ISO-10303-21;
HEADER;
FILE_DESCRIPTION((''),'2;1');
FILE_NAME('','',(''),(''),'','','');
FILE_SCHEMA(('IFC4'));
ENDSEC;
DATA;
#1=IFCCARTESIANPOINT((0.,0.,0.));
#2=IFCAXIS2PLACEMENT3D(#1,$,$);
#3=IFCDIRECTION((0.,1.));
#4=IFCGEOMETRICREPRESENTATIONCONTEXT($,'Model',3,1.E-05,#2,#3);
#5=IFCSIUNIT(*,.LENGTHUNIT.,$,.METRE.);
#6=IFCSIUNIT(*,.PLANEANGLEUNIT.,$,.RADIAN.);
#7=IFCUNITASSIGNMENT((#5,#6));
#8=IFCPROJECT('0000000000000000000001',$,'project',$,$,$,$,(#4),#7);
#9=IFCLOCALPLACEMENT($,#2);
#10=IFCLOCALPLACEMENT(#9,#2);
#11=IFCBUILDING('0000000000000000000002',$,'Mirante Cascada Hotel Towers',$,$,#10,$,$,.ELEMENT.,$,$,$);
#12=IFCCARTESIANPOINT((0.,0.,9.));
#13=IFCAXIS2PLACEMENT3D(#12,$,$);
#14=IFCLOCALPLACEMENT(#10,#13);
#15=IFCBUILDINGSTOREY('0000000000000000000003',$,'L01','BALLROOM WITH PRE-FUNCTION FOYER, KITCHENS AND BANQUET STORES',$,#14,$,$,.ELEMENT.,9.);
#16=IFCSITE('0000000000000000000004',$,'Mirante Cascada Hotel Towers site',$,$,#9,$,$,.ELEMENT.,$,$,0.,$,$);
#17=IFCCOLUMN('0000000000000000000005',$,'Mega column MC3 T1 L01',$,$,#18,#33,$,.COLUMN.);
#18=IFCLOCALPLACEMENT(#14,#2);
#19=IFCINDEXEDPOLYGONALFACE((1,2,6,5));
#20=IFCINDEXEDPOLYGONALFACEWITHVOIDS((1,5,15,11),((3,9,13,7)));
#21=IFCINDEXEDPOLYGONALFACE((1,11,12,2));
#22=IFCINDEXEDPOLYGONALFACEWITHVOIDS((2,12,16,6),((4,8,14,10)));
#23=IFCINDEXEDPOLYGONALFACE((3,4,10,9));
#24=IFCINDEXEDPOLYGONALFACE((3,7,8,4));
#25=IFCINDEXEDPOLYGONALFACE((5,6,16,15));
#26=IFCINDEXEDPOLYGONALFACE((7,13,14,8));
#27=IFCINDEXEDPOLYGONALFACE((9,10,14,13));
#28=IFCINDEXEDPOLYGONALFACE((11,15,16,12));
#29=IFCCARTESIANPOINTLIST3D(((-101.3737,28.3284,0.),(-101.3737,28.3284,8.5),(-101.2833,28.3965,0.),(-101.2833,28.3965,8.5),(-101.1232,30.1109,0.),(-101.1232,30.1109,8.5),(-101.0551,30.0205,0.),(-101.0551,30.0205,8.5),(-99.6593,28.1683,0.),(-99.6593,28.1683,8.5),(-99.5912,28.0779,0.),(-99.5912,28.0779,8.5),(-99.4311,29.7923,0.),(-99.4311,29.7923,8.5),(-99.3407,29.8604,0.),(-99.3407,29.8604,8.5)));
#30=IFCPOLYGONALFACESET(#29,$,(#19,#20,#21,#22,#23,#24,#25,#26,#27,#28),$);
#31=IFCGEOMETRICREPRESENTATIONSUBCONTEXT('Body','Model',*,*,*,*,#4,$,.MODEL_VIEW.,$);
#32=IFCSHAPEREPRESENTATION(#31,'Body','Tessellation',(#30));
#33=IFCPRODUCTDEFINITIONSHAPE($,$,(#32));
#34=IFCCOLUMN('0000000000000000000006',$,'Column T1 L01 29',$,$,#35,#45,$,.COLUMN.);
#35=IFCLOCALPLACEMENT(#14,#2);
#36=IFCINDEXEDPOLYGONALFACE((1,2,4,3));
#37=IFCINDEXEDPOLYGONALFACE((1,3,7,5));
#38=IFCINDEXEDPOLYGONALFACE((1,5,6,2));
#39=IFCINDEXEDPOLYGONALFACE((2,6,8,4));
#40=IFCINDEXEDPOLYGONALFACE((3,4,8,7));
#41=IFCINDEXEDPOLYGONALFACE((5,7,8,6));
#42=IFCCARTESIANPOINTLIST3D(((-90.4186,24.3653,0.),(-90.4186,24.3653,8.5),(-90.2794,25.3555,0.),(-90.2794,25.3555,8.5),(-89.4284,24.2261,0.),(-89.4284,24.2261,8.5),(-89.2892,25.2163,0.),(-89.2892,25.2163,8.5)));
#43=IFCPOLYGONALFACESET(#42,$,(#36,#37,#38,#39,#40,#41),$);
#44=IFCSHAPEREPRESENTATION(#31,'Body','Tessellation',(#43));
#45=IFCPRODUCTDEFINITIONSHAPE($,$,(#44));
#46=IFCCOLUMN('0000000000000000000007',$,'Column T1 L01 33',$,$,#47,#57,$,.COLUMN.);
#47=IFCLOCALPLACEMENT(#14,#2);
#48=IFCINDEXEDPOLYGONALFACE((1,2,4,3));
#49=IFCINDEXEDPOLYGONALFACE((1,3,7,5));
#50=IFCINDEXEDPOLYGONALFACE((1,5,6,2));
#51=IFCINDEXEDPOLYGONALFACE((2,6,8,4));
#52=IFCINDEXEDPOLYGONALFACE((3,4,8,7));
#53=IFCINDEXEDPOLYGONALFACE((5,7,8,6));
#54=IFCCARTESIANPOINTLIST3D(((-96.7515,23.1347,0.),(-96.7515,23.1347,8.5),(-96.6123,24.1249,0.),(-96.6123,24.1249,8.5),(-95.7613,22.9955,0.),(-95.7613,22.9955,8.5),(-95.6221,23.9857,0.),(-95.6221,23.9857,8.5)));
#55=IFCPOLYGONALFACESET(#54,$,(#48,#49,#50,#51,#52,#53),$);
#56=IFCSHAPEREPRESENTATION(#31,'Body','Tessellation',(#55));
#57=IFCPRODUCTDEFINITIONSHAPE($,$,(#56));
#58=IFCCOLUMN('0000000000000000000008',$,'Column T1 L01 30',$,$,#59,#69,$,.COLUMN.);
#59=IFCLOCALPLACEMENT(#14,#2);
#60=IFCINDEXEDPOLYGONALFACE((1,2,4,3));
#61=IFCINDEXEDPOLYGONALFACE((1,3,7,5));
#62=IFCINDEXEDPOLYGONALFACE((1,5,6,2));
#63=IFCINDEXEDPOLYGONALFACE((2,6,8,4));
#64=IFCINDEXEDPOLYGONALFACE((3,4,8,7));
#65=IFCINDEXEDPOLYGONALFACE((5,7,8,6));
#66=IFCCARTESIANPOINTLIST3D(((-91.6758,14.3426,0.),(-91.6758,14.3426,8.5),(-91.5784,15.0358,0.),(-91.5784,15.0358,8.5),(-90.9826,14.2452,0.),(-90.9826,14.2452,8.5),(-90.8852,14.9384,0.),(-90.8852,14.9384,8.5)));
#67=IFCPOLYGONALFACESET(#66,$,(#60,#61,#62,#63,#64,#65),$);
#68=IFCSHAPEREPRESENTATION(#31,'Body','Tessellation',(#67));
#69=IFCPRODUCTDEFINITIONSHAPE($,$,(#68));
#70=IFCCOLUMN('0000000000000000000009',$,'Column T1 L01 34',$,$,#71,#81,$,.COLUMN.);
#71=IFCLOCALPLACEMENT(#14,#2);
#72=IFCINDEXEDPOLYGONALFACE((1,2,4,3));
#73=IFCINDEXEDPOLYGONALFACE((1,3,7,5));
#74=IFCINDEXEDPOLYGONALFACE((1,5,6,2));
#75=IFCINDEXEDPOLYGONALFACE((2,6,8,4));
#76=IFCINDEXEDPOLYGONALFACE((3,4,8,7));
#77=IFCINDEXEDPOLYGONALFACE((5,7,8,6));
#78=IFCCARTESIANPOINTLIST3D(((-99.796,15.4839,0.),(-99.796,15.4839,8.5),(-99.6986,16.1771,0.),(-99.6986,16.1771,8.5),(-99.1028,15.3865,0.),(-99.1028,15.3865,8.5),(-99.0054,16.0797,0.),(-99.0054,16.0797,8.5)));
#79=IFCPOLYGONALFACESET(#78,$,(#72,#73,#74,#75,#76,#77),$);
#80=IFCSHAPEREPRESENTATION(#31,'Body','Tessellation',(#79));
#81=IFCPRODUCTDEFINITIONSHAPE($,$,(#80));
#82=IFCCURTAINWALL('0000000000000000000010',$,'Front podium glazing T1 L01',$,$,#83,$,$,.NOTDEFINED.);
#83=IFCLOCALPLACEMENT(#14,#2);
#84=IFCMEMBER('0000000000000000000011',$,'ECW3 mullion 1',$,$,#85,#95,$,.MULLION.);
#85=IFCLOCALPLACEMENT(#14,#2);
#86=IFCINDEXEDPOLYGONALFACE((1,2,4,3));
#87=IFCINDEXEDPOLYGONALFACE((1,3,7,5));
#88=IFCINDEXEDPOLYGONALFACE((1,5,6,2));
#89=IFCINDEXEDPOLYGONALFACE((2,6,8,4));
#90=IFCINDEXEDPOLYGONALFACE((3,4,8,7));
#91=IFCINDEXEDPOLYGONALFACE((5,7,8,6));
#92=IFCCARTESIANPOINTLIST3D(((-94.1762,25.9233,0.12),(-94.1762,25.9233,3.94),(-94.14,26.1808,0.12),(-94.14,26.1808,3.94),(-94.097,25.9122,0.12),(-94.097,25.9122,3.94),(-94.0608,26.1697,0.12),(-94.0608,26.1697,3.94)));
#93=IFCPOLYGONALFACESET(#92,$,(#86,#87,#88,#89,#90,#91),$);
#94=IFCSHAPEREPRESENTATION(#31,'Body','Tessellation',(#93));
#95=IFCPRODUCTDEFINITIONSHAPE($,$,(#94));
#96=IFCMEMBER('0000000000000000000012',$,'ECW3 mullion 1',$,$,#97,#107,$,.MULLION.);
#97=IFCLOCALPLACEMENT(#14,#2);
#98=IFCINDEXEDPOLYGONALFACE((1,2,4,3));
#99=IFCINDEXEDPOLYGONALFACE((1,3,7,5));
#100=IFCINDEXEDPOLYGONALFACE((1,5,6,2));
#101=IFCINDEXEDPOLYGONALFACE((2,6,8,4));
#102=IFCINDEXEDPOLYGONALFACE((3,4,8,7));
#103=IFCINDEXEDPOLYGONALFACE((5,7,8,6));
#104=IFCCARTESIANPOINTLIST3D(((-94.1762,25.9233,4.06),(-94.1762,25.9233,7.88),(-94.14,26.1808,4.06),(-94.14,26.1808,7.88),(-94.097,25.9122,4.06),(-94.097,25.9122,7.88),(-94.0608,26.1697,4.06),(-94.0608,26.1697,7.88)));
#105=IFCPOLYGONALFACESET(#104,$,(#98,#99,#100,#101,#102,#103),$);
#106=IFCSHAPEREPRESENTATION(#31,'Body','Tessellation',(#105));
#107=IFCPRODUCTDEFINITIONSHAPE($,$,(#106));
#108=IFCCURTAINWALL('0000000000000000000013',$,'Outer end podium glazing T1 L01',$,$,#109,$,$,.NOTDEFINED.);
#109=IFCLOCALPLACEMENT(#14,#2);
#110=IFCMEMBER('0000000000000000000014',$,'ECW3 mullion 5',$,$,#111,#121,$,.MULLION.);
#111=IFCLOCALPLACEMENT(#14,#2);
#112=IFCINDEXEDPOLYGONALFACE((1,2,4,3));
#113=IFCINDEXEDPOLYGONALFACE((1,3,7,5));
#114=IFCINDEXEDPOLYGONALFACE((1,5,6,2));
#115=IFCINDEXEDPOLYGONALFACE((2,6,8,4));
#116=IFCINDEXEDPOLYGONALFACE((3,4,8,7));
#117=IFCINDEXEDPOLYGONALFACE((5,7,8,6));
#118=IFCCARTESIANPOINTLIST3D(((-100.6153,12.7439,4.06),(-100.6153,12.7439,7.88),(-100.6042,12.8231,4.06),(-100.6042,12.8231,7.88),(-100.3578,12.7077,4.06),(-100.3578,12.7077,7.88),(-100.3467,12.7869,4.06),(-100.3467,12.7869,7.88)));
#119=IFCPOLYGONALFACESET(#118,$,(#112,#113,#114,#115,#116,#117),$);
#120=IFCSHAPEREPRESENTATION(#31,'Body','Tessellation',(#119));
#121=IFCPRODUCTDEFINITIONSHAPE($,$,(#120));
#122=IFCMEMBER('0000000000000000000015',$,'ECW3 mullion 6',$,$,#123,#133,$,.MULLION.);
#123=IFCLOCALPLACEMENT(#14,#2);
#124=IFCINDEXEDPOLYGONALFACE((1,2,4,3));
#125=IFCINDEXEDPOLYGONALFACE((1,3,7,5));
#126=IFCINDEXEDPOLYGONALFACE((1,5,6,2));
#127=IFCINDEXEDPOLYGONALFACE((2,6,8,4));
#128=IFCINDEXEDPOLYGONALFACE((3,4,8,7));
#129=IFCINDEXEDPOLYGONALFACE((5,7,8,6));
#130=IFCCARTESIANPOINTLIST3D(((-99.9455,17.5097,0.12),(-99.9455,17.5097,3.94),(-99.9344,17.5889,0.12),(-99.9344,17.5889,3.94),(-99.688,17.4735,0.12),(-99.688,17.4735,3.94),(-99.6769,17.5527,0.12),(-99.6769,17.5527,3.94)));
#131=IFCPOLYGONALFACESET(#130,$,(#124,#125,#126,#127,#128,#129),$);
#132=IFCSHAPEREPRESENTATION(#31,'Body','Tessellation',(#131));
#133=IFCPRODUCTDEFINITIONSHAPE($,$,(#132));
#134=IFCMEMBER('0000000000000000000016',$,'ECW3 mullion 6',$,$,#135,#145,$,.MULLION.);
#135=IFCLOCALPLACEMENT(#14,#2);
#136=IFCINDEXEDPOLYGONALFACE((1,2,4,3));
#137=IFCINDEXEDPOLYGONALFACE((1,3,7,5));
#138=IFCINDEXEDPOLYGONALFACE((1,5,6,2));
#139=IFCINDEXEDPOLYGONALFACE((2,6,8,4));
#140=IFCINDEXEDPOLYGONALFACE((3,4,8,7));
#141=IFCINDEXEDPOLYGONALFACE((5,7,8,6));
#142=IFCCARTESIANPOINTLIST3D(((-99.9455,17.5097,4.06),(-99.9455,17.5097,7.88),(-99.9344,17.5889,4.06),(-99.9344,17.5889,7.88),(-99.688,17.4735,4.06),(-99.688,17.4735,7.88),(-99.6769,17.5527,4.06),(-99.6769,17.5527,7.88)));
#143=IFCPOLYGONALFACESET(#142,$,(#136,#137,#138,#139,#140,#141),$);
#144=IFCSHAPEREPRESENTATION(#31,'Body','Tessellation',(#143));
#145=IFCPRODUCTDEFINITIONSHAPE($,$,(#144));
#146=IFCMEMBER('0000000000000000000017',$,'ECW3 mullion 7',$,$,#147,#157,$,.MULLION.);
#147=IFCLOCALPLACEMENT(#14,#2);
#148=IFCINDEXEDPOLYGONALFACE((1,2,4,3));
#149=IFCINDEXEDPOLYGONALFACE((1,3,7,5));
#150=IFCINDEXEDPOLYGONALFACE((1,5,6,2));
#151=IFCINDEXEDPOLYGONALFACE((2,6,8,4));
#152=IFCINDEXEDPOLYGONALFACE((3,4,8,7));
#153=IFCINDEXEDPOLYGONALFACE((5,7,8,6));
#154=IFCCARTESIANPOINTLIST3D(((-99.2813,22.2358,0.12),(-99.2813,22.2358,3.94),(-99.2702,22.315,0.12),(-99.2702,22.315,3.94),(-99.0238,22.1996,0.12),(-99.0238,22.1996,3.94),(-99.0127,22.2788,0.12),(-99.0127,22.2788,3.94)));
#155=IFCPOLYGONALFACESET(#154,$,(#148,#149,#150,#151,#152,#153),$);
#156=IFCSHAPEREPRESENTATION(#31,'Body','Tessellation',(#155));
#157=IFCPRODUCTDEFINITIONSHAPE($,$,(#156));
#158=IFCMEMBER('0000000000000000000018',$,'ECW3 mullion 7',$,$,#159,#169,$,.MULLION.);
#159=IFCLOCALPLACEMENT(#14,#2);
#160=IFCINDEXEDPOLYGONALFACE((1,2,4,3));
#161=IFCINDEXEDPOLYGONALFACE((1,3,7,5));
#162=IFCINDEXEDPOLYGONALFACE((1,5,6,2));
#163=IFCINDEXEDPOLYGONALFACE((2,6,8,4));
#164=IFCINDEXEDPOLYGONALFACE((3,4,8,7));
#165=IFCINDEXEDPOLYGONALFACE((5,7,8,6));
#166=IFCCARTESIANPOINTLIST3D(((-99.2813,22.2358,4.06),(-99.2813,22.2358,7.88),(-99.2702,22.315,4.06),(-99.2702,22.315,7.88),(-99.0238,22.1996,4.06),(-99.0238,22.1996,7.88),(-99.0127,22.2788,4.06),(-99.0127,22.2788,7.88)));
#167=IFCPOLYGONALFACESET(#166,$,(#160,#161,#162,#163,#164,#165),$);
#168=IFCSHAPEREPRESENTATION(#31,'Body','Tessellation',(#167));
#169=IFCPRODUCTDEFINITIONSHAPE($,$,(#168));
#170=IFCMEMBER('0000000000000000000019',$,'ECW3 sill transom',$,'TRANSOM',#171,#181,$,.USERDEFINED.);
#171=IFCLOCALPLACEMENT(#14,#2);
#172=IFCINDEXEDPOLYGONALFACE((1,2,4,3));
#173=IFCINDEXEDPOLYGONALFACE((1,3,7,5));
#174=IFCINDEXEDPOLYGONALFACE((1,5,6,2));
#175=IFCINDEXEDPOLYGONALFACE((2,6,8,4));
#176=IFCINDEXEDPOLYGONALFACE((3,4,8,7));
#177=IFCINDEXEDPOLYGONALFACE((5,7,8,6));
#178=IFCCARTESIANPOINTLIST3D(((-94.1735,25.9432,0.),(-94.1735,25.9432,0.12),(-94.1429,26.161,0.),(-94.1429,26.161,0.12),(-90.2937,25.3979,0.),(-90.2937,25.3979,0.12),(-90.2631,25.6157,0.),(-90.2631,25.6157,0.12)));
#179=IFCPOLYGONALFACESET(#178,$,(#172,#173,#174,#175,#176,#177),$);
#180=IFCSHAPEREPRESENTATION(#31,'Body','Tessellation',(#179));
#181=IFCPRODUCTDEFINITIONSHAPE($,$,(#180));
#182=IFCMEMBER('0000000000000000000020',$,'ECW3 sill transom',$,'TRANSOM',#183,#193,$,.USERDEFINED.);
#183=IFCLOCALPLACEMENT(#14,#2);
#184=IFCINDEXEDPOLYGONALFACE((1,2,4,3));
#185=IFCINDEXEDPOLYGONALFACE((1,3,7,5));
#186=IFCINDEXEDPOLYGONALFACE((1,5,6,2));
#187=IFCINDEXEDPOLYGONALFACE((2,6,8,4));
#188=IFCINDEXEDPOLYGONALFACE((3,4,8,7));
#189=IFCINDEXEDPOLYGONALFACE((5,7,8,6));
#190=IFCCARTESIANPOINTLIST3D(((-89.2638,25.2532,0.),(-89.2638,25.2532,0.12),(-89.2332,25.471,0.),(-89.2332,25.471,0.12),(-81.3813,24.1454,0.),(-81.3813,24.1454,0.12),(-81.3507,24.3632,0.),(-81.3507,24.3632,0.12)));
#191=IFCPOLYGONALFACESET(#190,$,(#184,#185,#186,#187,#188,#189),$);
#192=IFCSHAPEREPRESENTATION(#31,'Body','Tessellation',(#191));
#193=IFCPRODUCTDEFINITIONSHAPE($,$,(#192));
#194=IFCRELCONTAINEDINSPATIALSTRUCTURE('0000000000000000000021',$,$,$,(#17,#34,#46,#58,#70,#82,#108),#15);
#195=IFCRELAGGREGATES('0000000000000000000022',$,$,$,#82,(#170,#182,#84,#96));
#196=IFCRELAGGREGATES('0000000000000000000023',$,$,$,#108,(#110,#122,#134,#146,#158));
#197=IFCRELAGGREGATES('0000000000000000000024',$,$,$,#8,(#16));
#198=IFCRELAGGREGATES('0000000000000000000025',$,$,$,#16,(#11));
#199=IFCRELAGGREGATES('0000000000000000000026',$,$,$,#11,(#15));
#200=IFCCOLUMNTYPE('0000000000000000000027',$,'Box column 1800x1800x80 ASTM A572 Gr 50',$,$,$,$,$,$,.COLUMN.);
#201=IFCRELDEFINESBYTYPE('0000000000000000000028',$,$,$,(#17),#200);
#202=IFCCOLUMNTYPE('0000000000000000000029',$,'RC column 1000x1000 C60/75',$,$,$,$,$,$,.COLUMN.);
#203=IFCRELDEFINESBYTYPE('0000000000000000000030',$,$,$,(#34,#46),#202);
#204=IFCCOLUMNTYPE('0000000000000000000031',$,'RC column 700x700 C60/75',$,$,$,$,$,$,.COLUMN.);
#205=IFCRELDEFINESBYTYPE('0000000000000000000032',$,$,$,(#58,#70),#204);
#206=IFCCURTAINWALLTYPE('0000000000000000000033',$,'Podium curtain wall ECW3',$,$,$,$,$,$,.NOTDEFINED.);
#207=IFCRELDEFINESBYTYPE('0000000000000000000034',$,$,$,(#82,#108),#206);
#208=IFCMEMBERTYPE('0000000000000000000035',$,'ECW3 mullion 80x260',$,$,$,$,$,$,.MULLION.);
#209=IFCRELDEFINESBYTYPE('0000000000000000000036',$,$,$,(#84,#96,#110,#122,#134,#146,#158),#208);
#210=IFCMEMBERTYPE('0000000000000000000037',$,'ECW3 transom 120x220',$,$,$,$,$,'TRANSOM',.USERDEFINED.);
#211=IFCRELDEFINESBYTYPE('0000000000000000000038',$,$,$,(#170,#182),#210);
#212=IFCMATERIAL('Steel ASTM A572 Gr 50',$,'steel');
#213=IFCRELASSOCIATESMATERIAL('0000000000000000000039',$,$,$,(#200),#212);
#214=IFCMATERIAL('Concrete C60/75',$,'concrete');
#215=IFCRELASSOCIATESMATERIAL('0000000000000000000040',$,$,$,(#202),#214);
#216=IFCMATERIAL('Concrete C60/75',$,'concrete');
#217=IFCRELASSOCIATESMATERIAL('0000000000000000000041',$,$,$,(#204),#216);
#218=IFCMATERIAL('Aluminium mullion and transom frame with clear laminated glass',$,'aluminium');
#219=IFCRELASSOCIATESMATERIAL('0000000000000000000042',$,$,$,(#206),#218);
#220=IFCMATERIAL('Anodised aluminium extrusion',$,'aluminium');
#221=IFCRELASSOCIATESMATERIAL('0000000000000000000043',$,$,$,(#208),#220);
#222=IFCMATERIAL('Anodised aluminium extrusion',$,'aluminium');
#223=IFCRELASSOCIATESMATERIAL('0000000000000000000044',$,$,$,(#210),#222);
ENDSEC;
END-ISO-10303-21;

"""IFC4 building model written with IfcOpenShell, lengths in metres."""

from ifc_helpers import new_model, si_unit, direction, frame, origin, origin_2d, place, context, subcontext, project, spatial, rectangle, hollow_rectangle, extrude, material, material_profile, profile_set, type_object, element, aggregate, save


model = new_model("IFC4")

# Units and contexts
model_context = context("Model", 3, precision=1e-05, world=origin(), true_north=direction((0.0, 1.0)))
body_context = subcontext(model_context, "Body", "Model", "MODEL_VIEW")
ifc_project = project(units=[si_unit("LENGTHUNIT", "METRE"), si_unit("PLANEANGLEUNIT", "RADIAN")], contexts=[model_context])

# Site, building, storey
site_placement = place(None, origin())
site = spatial("IfcSite", under=ifc_project, at=site_placement, Name="Mirante Cascada Hotel Towers site", CompositionType="ELEMENT", RefElevation=0.0)
building_placement = place(site_placement, origin())
building = spatial("IfcBuilding", under=site, at=building_placement, Name="Mirante Cascada Hotel Towers", CompositionType="ELEMENT")
storey_placement = place(building_placement, frame((0.0, 0.0, 9.0)))
storey = spatial("IfcBuildingStorey", under=building, at=storey_placement, Name="L01", Description="BALLROOM WITH PRE-FUNCTION FOYER, KITCHENS AND BANQUET STORES", CompositionType="ELEMENT", Elevation=9.0)

# Columns
ifc_material_1 = material(Name="Steel ASTM A572 Gr 50", Category="steel")
ifc_material_profile_1 = material_profile(ifc_material_1, hollow_rectangle(XDim=1.8, YDim=1.8, WallThickness=0.08, at=origin_2d()), Name="Box column 1800x1800x80 ASTM A572 Gr 50")
ifc_profile_set_1 = profile_set([ifc_material_profile_1], Name="Steel ASTM A572 Gr 50")
column_type_1 = type_object("IfcColumnType", Name="Box column 1800x1800x80 ASTM A572 Gr 50", PredefinedType="COLUMN", material=ifc_profile_set_1)
column_placement = place(storey_placement, frame((-100.3572, 29.0944, 0.0), z_axis=(0.0, 0.0, 1.0), x_axis=(-0.990268, 0.139173, 0.0)))
element("IfcColumn", 1, at=column_placement, inside=storey, type_object=column_type_1, Name="Mega column MC3 T1 L01", PredefinedType="COLUMN", context=body_context, shape_type="SweptSolid", body=[
    extrude(hollow_rectangle(XDim=1.8, YDim=1.8, WallThickness=0.08, at=origin_2d()), origin(), (0.0, 0.0, 1.0), 8.5),
])
ifc_material_2 = material(Name="Concrete C60/75", Category="concrete")
ifc_material_profile_2 = material_profile(ifc_material_2, rectangle(XDim=1.0, YDim=1.0, at=origin_2d()), Name="RC column 1000x1000 C60/75")
ifc_profile_set_2 = profile_set([ifc_material_profile_2], Name="Concrete C60/75")
column_type_2 = type_object("IfcColumnType", Name="RC column 1000x1000 C60/75", PredefinedType="COLUMN", material=ifc_profile_set_2)
for number, where, z_axis, x_axis, name in (
    (2, (-89.8539, 24.7908, 0.0), (0.0, 0.0, 1.0), (-0.990268, 0.139173, 0.0), "Column T1 L01 29"),
    (3, (-96.1868, 23.5602, 0.0), (0.0, 0.0, 1.0), (-0.990268, 0.139173, 0.0), "Column T1 L01 33"),
):
    element("IfcColumn", number, at=place(storey_placement, frame(where, z_axis=z_axis, x_axis=x_axis)), inside=storey, type_object=column_type_2, Name=name, PredefinedType="COLUMN", context=body_context, shape_type="SweptSolid", body=[
        extrude(rectangle(XDim=1.0, YDim=1.0, at=origin_2d()), origin(), (0.0, 0.0, 1.0), 8.5),
    ])
ifc_material_3 = material(Name="Concrete C60/75", Category="concrete")
ifc_material_profile_3 = material_profile(ifc_material_3, rectangle(XDim=0.7, YDim=0.7, at=origin_2d()), Name="RC column 700x700 C60/75")
ifc_profile_set_3 = profile_set([ifc_material_profile_3], Name="Concrete C60/75")
column_type_3 = type_object("IfcColumnType", Name="RC column 700x700 C60/75", PredefinedType="COLUMN", material=ifc_profile_set_3)
for number, where, z_axis, x_axis, name in (
    (4, (-91.2805, 14.6405, 0.0), (0.0, 0.0, 1.0), (-0.990268, 0.139173, 0.0), "Column T1 L01 30"),
    (5, (-99.4007, 15.7818, 0.0), (0.0, 0.0, 1.0), (-0.990268, 0.139173, 0.0), "Column T1 L01 34"),
):
    element("IfcColumn", number, at=place(storey_placement, frame(where, z_axis=z_axis, x_axis=x_axis)), inside=storey, type_object=column_type_3, Name=name, PredefinedType="COLUMN", context=body_context, shape_type="SweptSolid", body=[
        extrude(rectangle(XDim=0.7, YDim=0.7, at=origin_2d()), origin(), (0.0, 0.0, 1.0), 8.5),
    ])

# Curtain walls, members
ifc_material_4 = material(Name="Aluminium mullion and transom frame with clear laminated glass", Category="aluminium")
curtain_wall_type = type_object("IfcCurtainWallType", Name="Podium curtain wall ECW3", PredefinedType="NOTDEFINED", material=ifc_material_4)
curtain_wall_1_placement = place(storey_placement, origin())
curtain_wall_1 = element("IfcCurtainWall", 6, at=curtain_wall_1_placement, inside=storey, type_object=curtain_wall_type, Name="Front podium glazing T1 L01", PredefinedType="NOTDEFINED")
ifc_material_5 = material(Name="Anodised aluminium extrusion", Category="aluminium")
ifc_material_profile_4 = material_profile(ifc_material_5, rectangle(XDim=0.26, YDim=0.08, at=origin_2d()), Name="ECW3 MULLION 80x260")
ifc_profile_set_4 = profile_set([ifc_material_profile_4], Name="Anodised aluminium extrusion")
member_type_1 = type_object("IfcMemberType", Name="ECW3 mullion 80x260", PredefinedType="MULLION", material=ifc_profile_set_4)
member_1_placement = place(storey_placement, frame((-94.1185, 26.0465, 0.12), z_axis=(0.0, 0.0, 1.0), x_axis=(0.139173, 0.990268, 0.0)))
member_1 = element("IfcMember", 7, at=member_1_placement, type_object=member_type_1, Name="ECW3 mullion 1", PredefinedType="MULLION", context=body_context, shape_type="SweptSolid", body=[
    extrude(rectangle(XDim=0.26, YDim=0.08, at=origin_2d()), origin(), (0.0, 0.0, 1.0), 3.82),
])
member_2_placement = place(storey_placement, frame((-94.1185, 26.0465, 4.06), z_axis=(0.0, 0.0, 1.0), x_axis=(0.139173, 0.990268, 0.0)))
member_2 = element("IfcMember", 8, at=member_2_placement, type_object=member_type_1, Name="ECW3 mullion 1", PredefinedType="MULLION", context=body_context, shape_type="SweptSolid", body=[
    extrude(rectangle(XDim=0.26, YDim=0.08, at=origin_2d()), origin(), (0.0, 0.0, 1.0), 3.82),
])
curtain_wall_2_placement = place(storey_placement, origin())
curtain_wall_2 = element("IfcCurtainWall", 9, at=curtain_wall_2_placement, inside=storey, type_object=curtain_wall_type, Name="Outer end podium glazing T1 L01", PredefinedType="NOTDEFINED")
member_3_placement = place(storey_placement, frame((-100.481, 12.7654, 4.06), z_axis=(0.0, 0.0, 1.0), x_axis=(-0.990268, 0.139173, 0.0)))
member_3 = element("IfcMember", 10, at=member_3_placement, type_object=member_type_1, Name="ECW3 mullion 5", PredefinedType="MULLION", context=body_context, shape_type="SweptSolid", body=[
    extrude(rectangle(XDim=0.26, YDim=0.08, at=origin_2d()), origin(), (0.0, 0.0, 1.0), 3.82),
])
member_4_placement = place(storey_placement, frame((-99.8112, 17.5312, 0.12), z_axis=(0.0, 0.0, 1.0), x_axis=(-0.990268, 0.139173, 0.0)))
member_4 = element("IfcMember", 11, at=member_4_placement, type_object=member_type_1, Name="ECW3 mullion 6", PredefinedType="MULLION", context=body_context, shape_type="SweptSolid", body=[
    extrude(rectangle(XDim=0.26, YDim=0.08, at=origin_2d()), origin(), (0.0, 0.0, 1.0), 3.82),
])
member_5_placement = place(storey_placement, frame((-99.8112, 17.5312, 4.06), z_axis=(0.0, 0.0, 1.0), x_axis=(-0.990268, 0.139173, 0.0)))
member_5 = element("IfcMember", 12, at=member_5_placement, type_object=member_type_1, Name="ECW3 mullion 6", PredefinedType="MULLION", context=body_context, shape_type="SweptSolid", body=[
    extrude(rectangle(XDim=0.26, YDim=0.08, at=origin_2d()), origin(), (0.0, 0.0, 1.0), 3.82),
])
member_6_placement = place(storey_placement, frame((-99.147, 22.2573, 0.12), z_axis=(0.0, 0.0, 1.0), x_axis=(-0.990268, 0.139173, 0.0)))
member_6 = element("IfcMember", 13, at=member_6_placement, type_object=member_type_1, Name="ECW3 mullion 7", PredefinedType="MULLION", context=body_context, shape_type="SweptSolid", body=[
    extrude(rectangle(XDim=0.26, YDim=0.08, at=origin_2d()), origin(), (0.0, 0.0, 1.0), 3.82),
])
member_7_placement = place(storey_placement, frame((-99.147, 22.2573, 4.06), z_axis=(0.0, 0.0, 1.0), x_axis=(-0.990268, 0.139173, 0.0)))
member_7 = element("IfcMember", 14, at=member_7_placement, type_object=member_type_1, Name="ECW3 mullion 7", PredefinedType="MULLION", context=body_context, shape_type="SweptSolid", body=[
    extrude(rectangle(XDim=0.26, YDim=0.08, at=origin_2d()), origin(), (0.0, 0.0, 1.0), 3.82),
])

# Members
ifc_material_6 = material(Name="Anodised aluminium extrusion", Category="aluminium")
ifc_material_profile_5 = material_profile(ifc_material_6, rectangle(XDim=0.22, YDim=0.12, at=origin_2d()), Name="ECW3 TRANSOM 120x220")
ifc_profile_set_5 = profile_set([ifc_material_profile_5], Name="Anodised aluminium extrusion")
member_type_2 = type_object("IfcMemberType", Name="ECW3 transom 120x220", ElementType="TRANSOM", PredefinedType="USERDEFINED", material=ifc_profile_set_5)
member_8_placement = place(storey_placement, frame((-94.1582, 26.0521, 0.06), z_axis=(0.990267, -0.139181, 0.0), x_axis=(0.139181, 0.990267, 0.0)))
member_8 = element("IfcMember", 15, at=member_8_placement, type_object=member_type_2, Name="ECW3 sill transom", ObjectType="TRANSOM", PredefinedType="USERDEFINED", context=body_context, shape_type="SweptSolid", body=[
    extrude(rectangle(XDim=0.22, YDim=0.12, at=origin_2d()), origin(), (0.0, 0.0, 1.0), 3.9179),
])
member_9_placement = place(storey_placement, frame((-89.2485, 25.3621, 0.06), z_axis=(0.990268, -0.139172, 0.0), x_axis=(0.139172, 0.990268, 0.0)))
member_9 = element("IfcMember", 16, at=member_9_placement, type_object=member_type_2, Name="ECW3 sill transom", ObjectType="TRANSOM", PredefinedType="USERDEFINED", context=body_context, shape_type="SweptSolid", body=[
    extrude(rectangle(XDim=0.22, YDim=0.12, at=origin_2d()), origin(), (0.0, 0.0, 1.0), 7.96),
])

aggregate(curtain_wall_1, [member_8, member_9, member_1, member_2])
aggregate(curtain_wall_2, [member_3, member_4, member_5, member_6, member_7])

save(model, "model.ifc")
